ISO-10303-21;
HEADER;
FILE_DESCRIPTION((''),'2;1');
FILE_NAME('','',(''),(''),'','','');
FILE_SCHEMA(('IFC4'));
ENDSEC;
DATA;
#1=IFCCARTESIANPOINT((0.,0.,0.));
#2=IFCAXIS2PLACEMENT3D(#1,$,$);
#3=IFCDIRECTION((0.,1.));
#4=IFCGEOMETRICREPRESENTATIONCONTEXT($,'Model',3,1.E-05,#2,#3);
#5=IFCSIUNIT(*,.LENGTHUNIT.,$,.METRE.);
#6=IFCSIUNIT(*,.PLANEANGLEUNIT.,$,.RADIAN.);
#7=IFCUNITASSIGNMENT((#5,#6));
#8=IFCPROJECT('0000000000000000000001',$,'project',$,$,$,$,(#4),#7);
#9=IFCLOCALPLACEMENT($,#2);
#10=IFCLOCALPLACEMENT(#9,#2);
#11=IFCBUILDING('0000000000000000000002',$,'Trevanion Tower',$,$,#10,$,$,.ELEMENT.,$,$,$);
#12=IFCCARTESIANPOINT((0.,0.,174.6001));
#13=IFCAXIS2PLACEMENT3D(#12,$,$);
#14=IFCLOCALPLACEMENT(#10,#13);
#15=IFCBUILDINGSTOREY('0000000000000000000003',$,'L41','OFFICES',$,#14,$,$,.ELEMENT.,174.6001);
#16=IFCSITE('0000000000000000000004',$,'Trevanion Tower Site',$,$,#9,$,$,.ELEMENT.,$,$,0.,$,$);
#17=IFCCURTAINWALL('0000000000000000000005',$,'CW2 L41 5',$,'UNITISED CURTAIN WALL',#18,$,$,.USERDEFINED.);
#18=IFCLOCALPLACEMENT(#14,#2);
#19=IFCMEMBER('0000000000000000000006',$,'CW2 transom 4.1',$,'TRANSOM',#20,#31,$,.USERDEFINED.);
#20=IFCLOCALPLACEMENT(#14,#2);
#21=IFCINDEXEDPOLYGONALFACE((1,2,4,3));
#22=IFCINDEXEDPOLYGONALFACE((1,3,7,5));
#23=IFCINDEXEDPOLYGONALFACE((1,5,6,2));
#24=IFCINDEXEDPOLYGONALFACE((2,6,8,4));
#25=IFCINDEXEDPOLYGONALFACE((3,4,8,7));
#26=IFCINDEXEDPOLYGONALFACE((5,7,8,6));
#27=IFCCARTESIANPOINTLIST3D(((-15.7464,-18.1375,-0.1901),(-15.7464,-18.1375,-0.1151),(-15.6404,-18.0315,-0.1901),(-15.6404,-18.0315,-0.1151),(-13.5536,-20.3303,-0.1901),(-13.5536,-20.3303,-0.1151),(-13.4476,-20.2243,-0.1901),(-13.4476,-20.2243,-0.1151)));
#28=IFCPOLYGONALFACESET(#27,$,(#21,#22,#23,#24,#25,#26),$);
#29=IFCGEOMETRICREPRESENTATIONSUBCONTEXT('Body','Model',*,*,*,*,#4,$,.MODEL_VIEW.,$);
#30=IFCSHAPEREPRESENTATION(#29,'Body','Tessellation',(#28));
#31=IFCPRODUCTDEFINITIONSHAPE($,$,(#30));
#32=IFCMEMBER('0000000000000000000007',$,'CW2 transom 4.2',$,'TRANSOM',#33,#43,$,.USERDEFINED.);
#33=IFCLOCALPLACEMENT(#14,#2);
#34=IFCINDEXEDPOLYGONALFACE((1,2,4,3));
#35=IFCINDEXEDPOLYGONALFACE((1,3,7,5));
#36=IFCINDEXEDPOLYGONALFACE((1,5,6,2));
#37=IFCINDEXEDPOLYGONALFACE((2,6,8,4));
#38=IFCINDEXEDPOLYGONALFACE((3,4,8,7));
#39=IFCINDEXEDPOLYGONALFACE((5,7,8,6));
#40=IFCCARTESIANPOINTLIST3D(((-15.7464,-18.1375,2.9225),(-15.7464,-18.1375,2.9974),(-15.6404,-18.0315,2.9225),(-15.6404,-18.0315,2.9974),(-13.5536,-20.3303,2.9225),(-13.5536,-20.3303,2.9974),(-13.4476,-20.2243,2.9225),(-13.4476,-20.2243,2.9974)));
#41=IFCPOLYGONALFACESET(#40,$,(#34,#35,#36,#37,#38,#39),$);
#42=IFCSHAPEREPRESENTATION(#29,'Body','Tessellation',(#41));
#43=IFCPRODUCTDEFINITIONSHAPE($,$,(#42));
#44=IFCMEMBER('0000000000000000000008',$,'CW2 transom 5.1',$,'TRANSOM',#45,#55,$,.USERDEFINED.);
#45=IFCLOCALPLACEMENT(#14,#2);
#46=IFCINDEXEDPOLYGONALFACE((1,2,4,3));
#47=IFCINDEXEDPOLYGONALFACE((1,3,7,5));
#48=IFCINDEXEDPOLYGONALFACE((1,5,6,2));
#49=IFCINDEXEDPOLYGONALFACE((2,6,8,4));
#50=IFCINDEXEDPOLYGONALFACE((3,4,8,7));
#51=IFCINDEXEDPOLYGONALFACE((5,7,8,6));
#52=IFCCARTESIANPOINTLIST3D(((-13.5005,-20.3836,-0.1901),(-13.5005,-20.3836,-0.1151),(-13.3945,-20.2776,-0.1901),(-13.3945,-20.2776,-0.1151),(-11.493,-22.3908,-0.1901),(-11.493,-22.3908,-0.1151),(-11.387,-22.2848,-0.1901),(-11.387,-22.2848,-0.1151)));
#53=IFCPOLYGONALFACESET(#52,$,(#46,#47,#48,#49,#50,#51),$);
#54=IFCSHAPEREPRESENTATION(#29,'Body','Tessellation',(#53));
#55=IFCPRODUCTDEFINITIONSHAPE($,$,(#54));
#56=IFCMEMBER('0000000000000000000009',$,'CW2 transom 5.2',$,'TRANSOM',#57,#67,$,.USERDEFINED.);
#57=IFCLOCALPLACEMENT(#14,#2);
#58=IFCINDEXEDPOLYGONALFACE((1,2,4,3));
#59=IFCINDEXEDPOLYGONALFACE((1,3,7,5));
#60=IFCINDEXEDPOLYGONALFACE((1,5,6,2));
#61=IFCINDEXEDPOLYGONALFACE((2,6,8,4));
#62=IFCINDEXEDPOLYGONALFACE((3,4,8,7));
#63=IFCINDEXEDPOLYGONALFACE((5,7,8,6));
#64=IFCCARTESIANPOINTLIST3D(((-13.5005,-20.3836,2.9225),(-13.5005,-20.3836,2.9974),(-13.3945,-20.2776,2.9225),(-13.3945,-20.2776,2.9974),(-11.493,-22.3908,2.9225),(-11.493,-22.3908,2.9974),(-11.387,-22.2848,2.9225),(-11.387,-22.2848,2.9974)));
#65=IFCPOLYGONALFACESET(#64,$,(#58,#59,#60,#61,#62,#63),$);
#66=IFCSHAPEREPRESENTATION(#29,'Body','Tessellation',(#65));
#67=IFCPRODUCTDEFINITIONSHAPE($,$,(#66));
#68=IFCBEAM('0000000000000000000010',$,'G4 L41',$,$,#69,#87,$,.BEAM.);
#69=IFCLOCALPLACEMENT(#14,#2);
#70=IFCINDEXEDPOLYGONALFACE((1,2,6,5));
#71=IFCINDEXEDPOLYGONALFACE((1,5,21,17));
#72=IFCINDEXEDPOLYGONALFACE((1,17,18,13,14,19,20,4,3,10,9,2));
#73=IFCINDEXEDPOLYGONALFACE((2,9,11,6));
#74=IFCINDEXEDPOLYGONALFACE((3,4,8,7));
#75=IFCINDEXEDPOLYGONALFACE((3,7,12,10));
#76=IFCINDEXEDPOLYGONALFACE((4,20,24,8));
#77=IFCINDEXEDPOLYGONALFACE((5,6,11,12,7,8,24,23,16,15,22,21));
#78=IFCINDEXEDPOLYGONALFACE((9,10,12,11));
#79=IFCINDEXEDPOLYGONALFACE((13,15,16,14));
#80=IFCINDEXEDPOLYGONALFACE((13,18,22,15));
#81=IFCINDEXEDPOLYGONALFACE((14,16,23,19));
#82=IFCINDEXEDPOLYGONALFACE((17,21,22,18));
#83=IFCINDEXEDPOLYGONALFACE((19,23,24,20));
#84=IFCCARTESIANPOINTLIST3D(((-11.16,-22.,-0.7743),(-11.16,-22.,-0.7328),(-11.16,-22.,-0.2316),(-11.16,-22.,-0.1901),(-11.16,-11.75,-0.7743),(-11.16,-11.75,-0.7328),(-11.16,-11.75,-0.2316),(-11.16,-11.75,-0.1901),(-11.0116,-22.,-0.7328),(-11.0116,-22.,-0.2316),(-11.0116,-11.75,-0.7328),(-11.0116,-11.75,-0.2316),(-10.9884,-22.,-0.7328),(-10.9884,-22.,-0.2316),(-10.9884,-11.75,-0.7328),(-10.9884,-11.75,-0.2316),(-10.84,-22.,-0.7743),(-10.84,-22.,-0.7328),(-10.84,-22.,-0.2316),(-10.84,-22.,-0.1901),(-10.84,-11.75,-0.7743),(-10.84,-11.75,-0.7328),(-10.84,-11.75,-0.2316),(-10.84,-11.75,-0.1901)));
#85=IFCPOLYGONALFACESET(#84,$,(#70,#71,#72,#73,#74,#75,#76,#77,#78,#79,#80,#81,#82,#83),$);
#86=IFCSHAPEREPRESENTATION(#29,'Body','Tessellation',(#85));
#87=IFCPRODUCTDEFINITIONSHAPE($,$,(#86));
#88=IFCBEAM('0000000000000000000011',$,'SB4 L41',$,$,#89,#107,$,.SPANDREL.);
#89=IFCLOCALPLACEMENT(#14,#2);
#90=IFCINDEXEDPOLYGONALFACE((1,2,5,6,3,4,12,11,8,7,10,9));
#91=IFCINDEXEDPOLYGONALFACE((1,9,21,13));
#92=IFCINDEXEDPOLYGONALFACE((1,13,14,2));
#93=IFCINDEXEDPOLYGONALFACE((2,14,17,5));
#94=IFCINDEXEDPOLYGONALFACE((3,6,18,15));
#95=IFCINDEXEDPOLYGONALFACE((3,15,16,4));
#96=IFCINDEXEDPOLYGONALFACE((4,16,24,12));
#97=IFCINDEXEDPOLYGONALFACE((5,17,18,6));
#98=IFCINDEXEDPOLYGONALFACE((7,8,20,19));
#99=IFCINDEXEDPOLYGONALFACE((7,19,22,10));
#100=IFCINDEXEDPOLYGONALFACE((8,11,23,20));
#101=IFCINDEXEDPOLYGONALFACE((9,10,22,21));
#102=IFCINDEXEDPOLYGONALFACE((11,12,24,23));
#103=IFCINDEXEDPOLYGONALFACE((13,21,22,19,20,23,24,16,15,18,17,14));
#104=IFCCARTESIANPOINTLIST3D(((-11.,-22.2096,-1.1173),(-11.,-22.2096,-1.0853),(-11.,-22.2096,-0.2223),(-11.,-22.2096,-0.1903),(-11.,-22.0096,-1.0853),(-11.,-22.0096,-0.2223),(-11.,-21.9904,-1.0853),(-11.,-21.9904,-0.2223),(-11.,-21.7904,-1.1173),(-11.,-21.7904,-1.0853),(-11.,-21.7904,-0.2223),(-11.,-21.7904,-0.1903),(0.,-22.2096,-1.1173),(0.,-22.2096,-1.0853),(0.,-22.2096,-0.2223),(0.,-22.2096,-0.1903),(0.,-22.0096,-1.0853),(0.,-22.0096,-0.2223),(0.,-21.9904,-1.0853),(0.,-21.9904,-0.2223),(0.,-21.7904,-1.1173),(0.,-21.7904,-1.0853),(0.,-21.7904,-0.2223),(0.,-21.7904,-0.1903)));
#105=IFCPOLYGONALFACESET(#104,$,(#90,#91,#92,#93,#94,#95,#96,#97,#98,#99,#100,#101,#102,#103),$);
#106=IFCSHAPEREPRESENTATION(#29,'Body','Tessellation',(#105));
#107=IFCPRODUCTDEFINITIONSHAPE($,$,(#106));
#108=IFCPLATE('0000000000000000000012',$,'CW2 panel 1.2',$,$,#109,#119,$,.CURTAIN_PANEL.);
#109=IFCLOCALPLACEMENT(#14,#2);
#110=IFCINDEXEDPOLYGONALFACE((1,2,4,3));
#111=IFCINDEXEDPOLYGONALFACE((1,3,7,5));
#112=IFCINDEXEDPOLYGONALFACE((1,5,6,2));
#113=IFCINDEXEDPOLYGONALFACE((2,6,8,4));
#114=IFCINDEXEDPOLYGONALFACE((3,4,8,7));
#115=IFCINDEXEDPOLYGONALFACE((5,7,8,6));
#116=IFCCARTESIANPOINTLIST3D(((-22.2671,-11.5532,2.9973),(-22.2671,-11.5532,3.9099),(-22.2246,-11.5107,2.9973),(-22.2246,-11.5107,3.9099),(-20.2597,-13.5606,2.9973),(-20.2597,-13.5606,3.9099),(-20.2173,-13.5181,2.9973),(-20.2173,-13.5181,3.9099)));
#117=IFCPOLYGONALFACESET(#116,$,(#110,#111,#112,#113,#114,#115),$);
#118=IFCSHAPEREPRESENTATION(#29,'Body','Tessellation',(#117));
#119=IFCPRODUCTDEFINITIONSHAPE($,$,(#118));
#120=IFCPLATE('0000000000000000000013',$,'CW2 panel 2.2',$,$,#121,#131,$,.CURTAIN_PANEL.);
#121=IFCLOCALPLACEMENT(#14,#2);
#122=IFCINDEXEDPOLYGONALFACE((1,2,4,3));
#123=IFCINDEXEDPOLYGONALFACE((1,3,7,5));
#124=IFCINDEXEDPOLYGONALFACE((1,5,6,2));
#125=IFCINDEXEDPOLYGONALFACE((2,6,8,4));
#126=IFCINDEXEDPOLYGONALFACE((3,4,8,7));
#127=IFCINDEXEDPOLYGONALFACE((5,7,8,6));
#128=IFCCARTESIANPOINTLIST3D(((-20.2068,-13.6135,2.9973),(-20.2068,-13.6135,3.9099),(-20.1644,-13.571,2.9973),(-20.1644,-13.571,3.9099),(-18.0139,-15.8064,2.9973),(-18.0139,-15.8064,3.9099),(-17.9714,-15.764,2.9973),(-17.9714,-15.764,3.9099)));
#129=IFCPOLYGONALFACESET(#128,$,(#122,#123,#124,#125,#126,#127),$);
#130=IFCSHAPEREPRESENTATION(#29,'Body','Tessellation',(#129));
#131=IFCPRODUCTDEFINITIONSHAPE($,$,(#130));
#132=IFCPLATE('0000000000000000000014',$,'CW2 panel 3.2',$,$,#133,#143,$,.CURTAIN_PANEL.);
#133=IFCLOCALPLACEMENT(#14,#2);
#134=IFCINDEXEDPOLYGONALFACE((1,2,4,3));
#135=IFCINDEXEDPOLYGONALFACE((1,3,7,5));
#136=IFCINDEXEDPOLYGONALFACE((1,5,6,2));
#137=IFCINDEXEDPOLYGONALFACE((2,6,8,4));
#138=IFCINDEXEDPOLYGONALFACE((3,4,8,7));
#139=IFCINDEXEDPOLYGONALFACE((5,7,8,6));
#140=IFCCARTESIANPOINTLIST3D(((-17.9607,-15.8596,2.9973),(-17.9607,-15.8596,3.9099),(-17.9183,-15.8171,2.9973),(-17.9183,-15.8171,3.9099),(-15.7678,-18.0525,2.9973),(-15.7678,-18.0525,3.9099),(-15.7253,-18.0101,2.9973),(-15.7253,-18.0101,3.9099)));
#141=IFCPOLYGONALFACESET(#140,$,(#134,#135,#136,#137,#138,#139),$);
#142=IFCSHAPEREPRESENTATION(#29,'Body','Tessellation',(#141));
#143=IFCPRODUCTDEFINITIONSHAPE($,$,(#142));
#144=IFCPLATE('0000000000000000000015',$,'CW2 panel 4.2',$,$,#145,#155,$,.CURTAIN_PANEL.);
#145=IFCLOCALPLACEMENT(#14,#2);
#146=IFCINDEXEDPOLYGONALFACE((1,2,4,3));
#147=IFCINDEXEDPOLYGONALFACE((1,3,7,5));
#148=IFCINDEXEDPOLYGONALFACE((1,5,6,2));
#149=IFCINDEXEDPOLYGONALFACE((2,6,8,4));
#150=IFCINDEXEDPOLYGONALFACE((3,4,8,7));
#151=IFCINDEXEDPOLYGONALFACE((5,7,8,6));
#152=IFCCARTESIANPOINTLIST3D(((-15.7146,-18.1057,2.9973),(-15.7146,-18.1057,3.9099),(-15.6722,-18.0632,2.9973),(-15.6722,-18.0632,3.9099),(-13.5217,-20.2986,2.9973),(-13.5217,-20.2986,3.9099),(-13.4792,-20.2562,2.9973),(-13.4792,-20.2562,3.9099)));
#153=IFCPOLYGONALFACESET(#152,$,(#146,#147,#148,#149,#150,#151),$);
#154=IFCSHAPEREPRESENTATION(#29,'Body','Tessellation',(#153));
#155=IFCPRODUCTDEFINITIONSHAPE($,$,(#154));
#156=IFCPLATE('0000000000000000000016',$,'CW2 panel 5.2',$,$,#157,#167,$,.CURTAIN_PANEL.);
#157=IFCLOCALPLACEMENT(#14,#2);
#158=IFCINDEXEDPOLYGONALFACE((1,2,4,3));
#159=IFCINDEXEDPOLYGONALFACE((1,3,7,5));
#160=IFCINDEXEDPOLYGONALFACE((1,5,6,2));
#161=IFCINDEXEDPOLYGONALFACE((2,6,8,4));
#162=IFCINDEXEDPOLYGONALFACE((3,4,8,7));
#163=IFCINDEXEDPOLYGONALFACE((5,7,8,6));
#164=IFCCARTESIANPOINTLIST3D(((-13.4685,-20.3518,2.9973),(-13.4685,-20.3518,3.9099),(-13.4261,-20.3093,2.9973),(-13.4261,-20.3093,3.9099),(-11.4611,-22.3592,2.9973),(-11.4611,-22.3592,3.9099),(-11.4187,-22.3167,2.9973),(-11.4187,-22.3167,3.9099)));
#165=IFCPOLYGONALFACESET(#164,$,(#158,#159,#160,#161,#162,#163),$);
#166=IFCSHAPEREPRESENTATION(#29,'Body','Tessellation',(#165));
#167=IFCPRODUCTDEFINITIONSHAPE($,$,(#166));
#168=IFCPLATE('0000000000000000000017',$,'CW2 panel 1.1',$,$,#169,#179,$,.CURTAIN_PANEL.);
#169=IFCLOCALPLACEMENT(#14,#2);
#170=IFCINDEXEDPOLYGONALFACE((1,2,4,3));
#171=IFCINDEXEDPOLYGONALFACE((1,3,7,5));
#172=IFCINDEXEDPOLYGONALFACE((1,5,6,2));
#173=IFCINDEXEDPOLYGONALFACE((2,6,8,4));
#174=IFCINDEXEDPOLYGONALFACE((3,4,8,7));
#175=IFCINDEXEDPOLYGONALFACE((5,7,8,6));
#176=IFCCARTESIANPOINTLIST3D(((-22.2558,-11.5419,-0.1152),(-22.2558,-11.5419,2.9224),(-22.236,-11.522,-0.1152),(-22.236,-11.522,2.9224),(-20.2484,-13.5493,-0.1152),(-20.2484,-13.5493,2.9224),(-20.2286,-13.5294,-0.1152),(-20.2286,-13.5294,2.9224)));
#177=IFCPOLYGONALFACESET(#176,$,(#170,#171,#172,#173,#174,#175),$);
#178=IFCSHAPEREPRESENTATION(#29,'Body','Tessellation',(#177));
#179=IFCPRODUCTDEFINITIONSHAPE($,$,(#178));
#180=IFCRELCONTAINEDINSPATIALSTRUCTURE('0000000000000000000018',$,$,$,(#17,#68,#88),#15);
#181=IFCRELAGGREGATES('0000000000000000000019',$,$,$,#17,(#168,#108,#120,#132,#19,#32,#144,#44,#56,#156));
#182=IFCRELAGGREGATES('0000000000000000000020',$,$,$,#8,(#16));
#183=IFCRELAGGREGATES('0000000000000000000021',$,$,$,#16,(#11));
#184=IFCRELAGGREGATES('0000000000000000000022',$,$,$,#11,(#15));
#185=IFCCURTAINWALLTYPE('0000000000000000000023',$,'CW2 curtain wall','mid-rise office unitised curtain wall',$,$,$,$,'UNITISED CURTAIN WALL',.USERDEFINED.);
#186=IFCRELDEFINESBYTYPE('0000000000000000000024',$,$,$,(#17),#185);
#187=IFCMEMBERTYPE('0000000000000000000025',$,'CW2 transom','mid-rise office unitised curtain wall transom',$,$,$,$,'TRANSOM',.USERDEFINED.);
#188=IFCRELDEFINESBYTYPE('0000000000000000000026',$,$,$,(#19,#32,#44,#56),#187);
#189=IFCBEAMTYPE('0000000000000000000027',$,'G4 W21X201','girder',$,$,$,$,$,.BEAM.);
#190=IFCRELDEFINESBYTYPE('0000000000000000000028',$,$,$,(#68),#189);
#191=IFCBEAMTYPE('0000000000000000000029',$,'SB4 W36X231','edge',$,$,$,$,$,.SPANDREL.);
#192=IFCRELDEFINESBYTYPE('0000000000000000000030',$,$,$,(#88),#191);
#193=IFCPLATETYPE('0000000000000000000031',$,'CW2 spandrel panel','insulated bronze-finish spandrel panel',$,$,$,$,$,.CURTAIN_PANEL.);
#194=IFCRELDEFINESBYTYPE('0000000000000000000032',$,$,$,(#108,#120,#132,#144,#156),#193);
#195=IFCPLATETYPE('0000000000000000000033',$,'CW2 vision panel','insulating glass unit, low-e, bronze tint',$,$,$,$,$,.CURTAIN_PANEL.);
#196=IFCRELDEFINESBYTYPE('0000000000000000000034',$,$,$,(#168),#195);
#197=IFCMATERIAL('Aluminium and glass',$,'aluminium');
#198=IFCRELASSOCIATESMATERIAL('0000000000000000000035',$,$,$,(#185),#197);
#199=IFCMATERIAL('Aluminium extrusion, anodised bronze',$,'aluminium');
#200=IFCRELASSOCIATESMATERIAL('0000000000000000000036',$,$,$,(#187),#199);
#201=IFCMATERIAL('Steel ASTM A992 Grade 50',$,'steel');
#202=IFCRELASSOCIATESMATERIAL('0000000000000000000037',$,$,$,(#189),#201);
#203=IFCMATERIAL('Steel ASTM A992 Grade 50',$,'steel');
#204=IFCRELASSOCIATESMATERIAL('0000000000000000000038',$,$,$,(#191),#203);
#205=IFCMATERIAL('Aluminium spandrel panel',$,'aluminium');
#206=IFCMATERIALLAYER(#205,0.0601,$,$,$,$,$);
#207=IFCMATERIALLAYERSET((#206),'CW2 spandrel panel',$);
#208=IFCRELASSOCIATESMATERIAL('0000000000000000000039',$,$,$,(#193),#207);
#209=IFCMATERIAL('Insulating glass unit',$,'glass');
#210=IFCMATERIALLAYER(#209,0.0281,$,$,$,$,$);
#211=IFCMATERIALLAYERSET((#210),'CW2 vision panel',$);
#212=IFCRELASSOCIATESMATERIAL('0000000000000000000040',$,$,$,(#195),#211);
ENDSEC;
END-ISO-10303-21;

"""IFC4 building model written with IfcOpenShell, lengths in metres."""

from ifc_helpers import new_model, si_unit, direction, frame, origin, origin_2d, place, context, subcontext, project, spatial, rectangle, i_section, extrude, material, layer, layer_set, material_profile, profile_set, type_object, element, aggregate, save


model = new_model("IFC4")

# Units and contexts
model_context = context("Model", 3, precision=1e-05, world=origin(), true_north=direction((0.0, 1.0)))
body_context = subcontext(model_context, "Body", "Model", "MODEL_VIEW")
ifc_project = project(units=[si_unit("LENGTHUNIT", "METRE"), si_unit("PLANEANGLEUNIT", "RADIAN")], contexts=[model_context])

# Site, building, storey
site_placement = place(None, origin())
site = spatial("IfcSite", under=ifc_project, at=site_placement, Name="Trevanion Tower Site", CompositionType="ELEMENT", RefElevation=0.0)
building_placement = place(site_placement, origin())
building = spatial("IfcBuilding", under=site, at=building_placement, Name="Trevanion Tower", CompositionType="ELEMENT")
storey_placement = place(building_placement, frame((0.0, 0.0, 174.6001)))
storey = spatial("IfcBuildingStorey", under=building, at=storey_placement, Name="L41", Description="OFFICES", CompositionType="ELEMENT", Elevation=174.6001)

# Curtain wall
ifc_material_1 = material(Name="Aluminium and glass", Category="aluminium")
curtain_wall_type = type_object("IfcCurtainWallType", Name="CW2 curtain wall", Description="mid-rise office unitised curtain wall", ElementType="UNITISED CURTAIN WALL", PredefinedType="USERDEFINED", material=ifc_material_1)
curtain_wall_1_placement = place(storey_placement, origin())
curtain_wall_1 = element("IfcCurtainWall", 1, at=curtain_wall_1_placement, inside=storey, type_object=curtain_wall_type, Name="CW2 L41 5", ObjectType="UNITISED CURTAIN WALL", PredefinedType="USERDEFINED")

# Members
ifc_material_2 = material(Name="Aluminium extrusion, anodised bronze", Category="aluminium")
ifc_material_profile_1 = material_profile(ifc_material_2, rectangle(XDim=0.1499, YDim=0.075, at=origin_2d()), Name="CW2 transom")
ifc_profile_set_1 = profile_set([ifc_material_profile_1], Name="Aluminium extrusion, anodised bronze")
member_type_1 = type_object("IfcMemberType", Name="CW2 transom", Description="mid-rise office unitised curtain wall transom", ElementType="TRANSOM", PredefinedType="USERDEFINED", material=ifc_profile_set_1)
member_1_placement = place(storey_placement, frame((-15.6934, -18.0845, -0.1526), z_axis=(0.707107, -0.707107, 0.0), x_axis=(0.707107, 0.707107, 0.0)))
member_1 = element("IfcMember", 2, at=member_1_placement, type_object=member_type_1, Name="CW2 transom 4.1", ObjectType="TRANSOM", PredefinedType="USERDEFINED", context=body_context, shape_type="SweptSolid", body=[
    extrude(rectangle(XDim=0.1499, YDim=0.075, at=origin_2d()), origin(), (0.0, 0.0, 1.0), 3.1011),
])
member_2_placement = place(storey_placement, frame((-15.6934, -18.0845, 2.96), z_axis=(0.707107, -0.707107, 0.0), x_axis=(0.707107, 0.707107, 0.0)))
member_2 = element("IfcMember", 3, at=member_2_placement, type_object=member_type_1, Name="CW2 transom 4.2", ObjectType="TRANSOM", PredefinedType="USERDEFINED", context=body_context, shape_type="SweptSolid", body=[
    extrude(rectangle(XDim=0.1499, YDim=0.075, at=origin_2d()), origin(), (0.0, 0.0, 1.0), 3.1011),
])
member_3_placement = place(storey_placement, frame((-13.4475, -20.3306, -0.1526), z_axis=(0.70715, -0.707064, 0.0), x_axis=(0.707064, 0.70715, 0.0)))
member_3 = element("IfcMember", 4, at=member_3_placement, type_object=member_type_1, Name="CW2 transom 5.1", ObjectType="TRANSOM", PredefinedType="USERDEFINED", context=body_context, shape_type="SweptSolid", body=[
    extrude(rectangle(XDim=0.1499, YDim=0.075, at=origin_2d()), origin(), (0.0, 0.0, 1.0), 2.8389),
])
member_4_placement = place(storey_placement, frame((-13.4475, -20.3306, 2.96), z_axis=(0.70715, -0.707064, 0.0), x_axis=(0.707064, 0.70715, 0.0)))
member_4 = element("IfcMember", 5, at=member_4_placement, type_object=member_type_1, Name="CW2 transom 5.2", ObjectType="TRANSOM", PredefinedType="USERDEFINED", context=body_context, shape_type="SweptSolid", body=[
    extrude(rectangle(XDim=0.1499, YDim=0.075, at=origin_2d()), origin(), (0.0, 0.0, 1.0), 2.8389),
])

# Beams
ifc_material_3 = material(Name="Steel ASTM A992 Grade 50", Category="steel")
ifc_material_profile_2 = material_profile(ifc_material_3, i_section(OverallWidth=0.3201, OverallDepth=0.5842, WebThickness=0.0232, FlangeThickness=0.0415, at=origin_2d()), Name="W21X201")
ifc_profile_set_2 = profile_set([ifc_material_profile_2], Name="Steel ASTM A992 Grade 50")
beam_type_1 = type_object("IfcBeamType", Name="G4 W21X201", Description="girder", PredefinedType="BEAM", material=ifc_profile_set_2)
beam_1_placement = place(storey_placement, frame((-11.0, -11.75, -0.4822), z_axis=(0.0, -1.0, 0.0), x_axis=(1.0, 0.0, 0.0)))
element("IfcBeam", 6, at=beam_1_placement, inside=storey, type_object=beam_type_1, Name="G4 L41", PredefinedType="BEAM", context=body_context, shape_type="SweptSolid", body=[
    extrude(i_section(OverallWidth=0.3201, OverallDepth=0.5842, WebThickness=0.0232, FlangeThickness=0.0415, at=origin_2d()), origin(), (0.0, 0.0, 1.0), 10.25),
])
ifc_material_4 = material(Name="Steel ASTM A992 Grade 50", Category="steel")
ifc_material_profile_3 = material_profile(ifc_material_4, i_section(OverallWidth=0.4192, OverallDepth=0.927, WebThickness=0.0193, FlangeThickness=0.032, at=origin_2d()), Name="W36X231")
ifc_profile_set_3 = profile_set([ifc_material_profile_3], Name="Steel ASTM A992 Grade 50")
beam_type_2 = type_object("IfcBeamType", Name="SB4 W36X231", Description="edge", PredefinedType="SPANDREL", material=ifc_profile_set_3)
beam_2_placement = place(storey_placement, frame((-11.0, -22.0, -0.6538), z_axis=(1.0, 0.0, 0.0), x_axis=(0.0, 1.0, 0.0)))
element("IfcBeam", 7, at=beam_2_placement, inside=storey, type_object=beam_type_2, Name="SB4 L41", PredefinedType="SPANDREL", context=body_context, shape_type="SweptSolid", body=[
    extrude(i_section(OverallWidth=0.4192, OverallDepth=0.927, WebThickness=0.0193, FlangeThickness=0.032, at=origin_2d()), origin(), (0.0, 0.0, 1.0), 11.0),
])

# Plates
ifc_material_5 = material(Name="Aluminium spandrel panel", Category="aluminium")
ifc_layer_1 = layer(ifc_material_5, 0.0601)
ifc_layer_set_1 = layer_set([ifc_layer_1], Name="CW2 spandrel panel")
plate_type_1 = type_object("IfcPlateType", Name="CW2 spandrel panel", Description="insulated bronze-finish spandrel panel", PredefinedType="CURTAIN_PANEL", material=ifc_layer_set_1)
plate_1_placement = place(storey_placement, frame((-21.2422, -12.5356, 2.9973), z_axis=(0.0, 0.0, 1.0), x_axis=(0.707107, -0.707107, 0.0)))
plate_1 = element("IfcPlate", 8, at=plate_1_placement, type_object=plate_type_1, Name="CW2 panel 1.2", PredefinedType="CURTAIN_PANEL", context=body_context, shape_type="SweptSolid", body=[
    extrude(rectangle(XDim=2.8389, YDim=0.0601, at=origin_2d()), origin(), (0.0, 0.0, 1.0), 0.9126),
])
plate_2_placement = place(storey_placement, frame((-19.0891, -14.6887, 2.9973), z_axis=(0.0, 0.0, 1.0), x_axis=(0.707107, -0.707107, 0.0)))
plate_2 = element("IfcPlate", 9, at=plate_2_placement, type_object=plate_type_1, Name="CW2 panel 2.2", PredefinedType="CURTAIN_PANEL", context=body_context, shape_type="SweptSolid", body=[
    extrude(rectangle(XDim=3.1013, YDim=0.0601, at=origin_2d()), origin(), (0.0, 0.0, 1.0), 0.9126),
])
plate_3_placement = place(storey_placement, frame((-16.843, -16.9348, 2.9973), z_axis=(0.0, 0.0, 1.0), x_axis=(0.707107, -0.707107, 0.0)))
plate_3 = element("IfcPlate", 10, at=plate_3_placement, type_object=plate_type_1, Name="CW2 panel 3.2", PredefinedType="CURTAIN_PANEL", context=body_context, shape_type="SweptSolid", body=[
    extrude(rectangle(XDim=3.1013, YDim=0.0601, at=origin_2d()), origin(), (0.0, 0.0, 1.0), 0.9126),
])
plate_4_placement = place(storey_placement, frame((-14.5969, -19.1809, 2.9973), z_axis=(0.0, 0.0, 1.0), x_axis=(0.707107, -0.707107, 0.0)))
plate_4 = element("IfcPlate", 11, at=plate_4_placement, type_object=plate_type_1, Name="CW2 panel 4.2", PredefinedType="CURTAIN_PANEL", context=body_context, shape_type="SweptSolid", body=[
    extrude(rectangle(XDim=3.1013, YDim=0.0601, at=origin_2d()), origin(), (0.0, 0.0, 1.0), 0.9126),
])
plate_5_placement = place(storey_placement, frame((-12.4436, -21.3342, 2.9973), z_axis=(0.0, 0.0, 1.0), x_axis=(0.707107, -0.707107, 0.0)))
plate_5 = element("IfcPlate", 12, at=plate_5_placement, type_object=plate_type_1, Name="CW2 panel 5.2", PredefinedType="CURTAIN_PANEL", context=body_context, shape_type="SweptSolid", body=[
    extrude(rectangle(XDim=2.8389, YDim=0.0601, at=origin_2d()), origin(), (0.0, 0.0, 1.0), 0.9126),
])
ifc_material_6 = material(Name="Insulating glass unit", Category="glass")
ifc_layer_2 = layer(ifc_material_6, 0.0281)
ifc_layer_set_2 = layer_set([ifc_layer_2], Name="CW2 vision panel")
plate_type_2 = type_object("IfcPlateType", Name="CW2 vision panel", Description="insulating glass unit, low-e, bronze tint", PredefinedType="CURTAIN_PANEL", material=ifc_layer_set_2)
plate_6_placement = place(storey_placement, frame((-21.2422, -12.5356, -0.1152), z_axis=(0.0, 0.0, 1.0), x_axis=(0.707107, -0.707107, 0.0)))
plate_6 = element("IfcPlate", 13, at=plate_6_placement, type_object=plate_type_2, Name="CW2 panel 1.1", PredefinedType="CURTAIN_PANEL", context=body_context, shape_type="SweptSolid", body=[
    extrude(rectangle(XDim=2.8389, YDim=0.0281, at=origin_2d()), origin(), (0.0, 0.0, 1.0), 3.0376),
])
aggregate(curtain_wall_1, [plate_6, plate_1, plate_2, plate_3, member_1, member_2, plate_4, member_3, member_4, plate_5])

save(model, "model.ifc")
